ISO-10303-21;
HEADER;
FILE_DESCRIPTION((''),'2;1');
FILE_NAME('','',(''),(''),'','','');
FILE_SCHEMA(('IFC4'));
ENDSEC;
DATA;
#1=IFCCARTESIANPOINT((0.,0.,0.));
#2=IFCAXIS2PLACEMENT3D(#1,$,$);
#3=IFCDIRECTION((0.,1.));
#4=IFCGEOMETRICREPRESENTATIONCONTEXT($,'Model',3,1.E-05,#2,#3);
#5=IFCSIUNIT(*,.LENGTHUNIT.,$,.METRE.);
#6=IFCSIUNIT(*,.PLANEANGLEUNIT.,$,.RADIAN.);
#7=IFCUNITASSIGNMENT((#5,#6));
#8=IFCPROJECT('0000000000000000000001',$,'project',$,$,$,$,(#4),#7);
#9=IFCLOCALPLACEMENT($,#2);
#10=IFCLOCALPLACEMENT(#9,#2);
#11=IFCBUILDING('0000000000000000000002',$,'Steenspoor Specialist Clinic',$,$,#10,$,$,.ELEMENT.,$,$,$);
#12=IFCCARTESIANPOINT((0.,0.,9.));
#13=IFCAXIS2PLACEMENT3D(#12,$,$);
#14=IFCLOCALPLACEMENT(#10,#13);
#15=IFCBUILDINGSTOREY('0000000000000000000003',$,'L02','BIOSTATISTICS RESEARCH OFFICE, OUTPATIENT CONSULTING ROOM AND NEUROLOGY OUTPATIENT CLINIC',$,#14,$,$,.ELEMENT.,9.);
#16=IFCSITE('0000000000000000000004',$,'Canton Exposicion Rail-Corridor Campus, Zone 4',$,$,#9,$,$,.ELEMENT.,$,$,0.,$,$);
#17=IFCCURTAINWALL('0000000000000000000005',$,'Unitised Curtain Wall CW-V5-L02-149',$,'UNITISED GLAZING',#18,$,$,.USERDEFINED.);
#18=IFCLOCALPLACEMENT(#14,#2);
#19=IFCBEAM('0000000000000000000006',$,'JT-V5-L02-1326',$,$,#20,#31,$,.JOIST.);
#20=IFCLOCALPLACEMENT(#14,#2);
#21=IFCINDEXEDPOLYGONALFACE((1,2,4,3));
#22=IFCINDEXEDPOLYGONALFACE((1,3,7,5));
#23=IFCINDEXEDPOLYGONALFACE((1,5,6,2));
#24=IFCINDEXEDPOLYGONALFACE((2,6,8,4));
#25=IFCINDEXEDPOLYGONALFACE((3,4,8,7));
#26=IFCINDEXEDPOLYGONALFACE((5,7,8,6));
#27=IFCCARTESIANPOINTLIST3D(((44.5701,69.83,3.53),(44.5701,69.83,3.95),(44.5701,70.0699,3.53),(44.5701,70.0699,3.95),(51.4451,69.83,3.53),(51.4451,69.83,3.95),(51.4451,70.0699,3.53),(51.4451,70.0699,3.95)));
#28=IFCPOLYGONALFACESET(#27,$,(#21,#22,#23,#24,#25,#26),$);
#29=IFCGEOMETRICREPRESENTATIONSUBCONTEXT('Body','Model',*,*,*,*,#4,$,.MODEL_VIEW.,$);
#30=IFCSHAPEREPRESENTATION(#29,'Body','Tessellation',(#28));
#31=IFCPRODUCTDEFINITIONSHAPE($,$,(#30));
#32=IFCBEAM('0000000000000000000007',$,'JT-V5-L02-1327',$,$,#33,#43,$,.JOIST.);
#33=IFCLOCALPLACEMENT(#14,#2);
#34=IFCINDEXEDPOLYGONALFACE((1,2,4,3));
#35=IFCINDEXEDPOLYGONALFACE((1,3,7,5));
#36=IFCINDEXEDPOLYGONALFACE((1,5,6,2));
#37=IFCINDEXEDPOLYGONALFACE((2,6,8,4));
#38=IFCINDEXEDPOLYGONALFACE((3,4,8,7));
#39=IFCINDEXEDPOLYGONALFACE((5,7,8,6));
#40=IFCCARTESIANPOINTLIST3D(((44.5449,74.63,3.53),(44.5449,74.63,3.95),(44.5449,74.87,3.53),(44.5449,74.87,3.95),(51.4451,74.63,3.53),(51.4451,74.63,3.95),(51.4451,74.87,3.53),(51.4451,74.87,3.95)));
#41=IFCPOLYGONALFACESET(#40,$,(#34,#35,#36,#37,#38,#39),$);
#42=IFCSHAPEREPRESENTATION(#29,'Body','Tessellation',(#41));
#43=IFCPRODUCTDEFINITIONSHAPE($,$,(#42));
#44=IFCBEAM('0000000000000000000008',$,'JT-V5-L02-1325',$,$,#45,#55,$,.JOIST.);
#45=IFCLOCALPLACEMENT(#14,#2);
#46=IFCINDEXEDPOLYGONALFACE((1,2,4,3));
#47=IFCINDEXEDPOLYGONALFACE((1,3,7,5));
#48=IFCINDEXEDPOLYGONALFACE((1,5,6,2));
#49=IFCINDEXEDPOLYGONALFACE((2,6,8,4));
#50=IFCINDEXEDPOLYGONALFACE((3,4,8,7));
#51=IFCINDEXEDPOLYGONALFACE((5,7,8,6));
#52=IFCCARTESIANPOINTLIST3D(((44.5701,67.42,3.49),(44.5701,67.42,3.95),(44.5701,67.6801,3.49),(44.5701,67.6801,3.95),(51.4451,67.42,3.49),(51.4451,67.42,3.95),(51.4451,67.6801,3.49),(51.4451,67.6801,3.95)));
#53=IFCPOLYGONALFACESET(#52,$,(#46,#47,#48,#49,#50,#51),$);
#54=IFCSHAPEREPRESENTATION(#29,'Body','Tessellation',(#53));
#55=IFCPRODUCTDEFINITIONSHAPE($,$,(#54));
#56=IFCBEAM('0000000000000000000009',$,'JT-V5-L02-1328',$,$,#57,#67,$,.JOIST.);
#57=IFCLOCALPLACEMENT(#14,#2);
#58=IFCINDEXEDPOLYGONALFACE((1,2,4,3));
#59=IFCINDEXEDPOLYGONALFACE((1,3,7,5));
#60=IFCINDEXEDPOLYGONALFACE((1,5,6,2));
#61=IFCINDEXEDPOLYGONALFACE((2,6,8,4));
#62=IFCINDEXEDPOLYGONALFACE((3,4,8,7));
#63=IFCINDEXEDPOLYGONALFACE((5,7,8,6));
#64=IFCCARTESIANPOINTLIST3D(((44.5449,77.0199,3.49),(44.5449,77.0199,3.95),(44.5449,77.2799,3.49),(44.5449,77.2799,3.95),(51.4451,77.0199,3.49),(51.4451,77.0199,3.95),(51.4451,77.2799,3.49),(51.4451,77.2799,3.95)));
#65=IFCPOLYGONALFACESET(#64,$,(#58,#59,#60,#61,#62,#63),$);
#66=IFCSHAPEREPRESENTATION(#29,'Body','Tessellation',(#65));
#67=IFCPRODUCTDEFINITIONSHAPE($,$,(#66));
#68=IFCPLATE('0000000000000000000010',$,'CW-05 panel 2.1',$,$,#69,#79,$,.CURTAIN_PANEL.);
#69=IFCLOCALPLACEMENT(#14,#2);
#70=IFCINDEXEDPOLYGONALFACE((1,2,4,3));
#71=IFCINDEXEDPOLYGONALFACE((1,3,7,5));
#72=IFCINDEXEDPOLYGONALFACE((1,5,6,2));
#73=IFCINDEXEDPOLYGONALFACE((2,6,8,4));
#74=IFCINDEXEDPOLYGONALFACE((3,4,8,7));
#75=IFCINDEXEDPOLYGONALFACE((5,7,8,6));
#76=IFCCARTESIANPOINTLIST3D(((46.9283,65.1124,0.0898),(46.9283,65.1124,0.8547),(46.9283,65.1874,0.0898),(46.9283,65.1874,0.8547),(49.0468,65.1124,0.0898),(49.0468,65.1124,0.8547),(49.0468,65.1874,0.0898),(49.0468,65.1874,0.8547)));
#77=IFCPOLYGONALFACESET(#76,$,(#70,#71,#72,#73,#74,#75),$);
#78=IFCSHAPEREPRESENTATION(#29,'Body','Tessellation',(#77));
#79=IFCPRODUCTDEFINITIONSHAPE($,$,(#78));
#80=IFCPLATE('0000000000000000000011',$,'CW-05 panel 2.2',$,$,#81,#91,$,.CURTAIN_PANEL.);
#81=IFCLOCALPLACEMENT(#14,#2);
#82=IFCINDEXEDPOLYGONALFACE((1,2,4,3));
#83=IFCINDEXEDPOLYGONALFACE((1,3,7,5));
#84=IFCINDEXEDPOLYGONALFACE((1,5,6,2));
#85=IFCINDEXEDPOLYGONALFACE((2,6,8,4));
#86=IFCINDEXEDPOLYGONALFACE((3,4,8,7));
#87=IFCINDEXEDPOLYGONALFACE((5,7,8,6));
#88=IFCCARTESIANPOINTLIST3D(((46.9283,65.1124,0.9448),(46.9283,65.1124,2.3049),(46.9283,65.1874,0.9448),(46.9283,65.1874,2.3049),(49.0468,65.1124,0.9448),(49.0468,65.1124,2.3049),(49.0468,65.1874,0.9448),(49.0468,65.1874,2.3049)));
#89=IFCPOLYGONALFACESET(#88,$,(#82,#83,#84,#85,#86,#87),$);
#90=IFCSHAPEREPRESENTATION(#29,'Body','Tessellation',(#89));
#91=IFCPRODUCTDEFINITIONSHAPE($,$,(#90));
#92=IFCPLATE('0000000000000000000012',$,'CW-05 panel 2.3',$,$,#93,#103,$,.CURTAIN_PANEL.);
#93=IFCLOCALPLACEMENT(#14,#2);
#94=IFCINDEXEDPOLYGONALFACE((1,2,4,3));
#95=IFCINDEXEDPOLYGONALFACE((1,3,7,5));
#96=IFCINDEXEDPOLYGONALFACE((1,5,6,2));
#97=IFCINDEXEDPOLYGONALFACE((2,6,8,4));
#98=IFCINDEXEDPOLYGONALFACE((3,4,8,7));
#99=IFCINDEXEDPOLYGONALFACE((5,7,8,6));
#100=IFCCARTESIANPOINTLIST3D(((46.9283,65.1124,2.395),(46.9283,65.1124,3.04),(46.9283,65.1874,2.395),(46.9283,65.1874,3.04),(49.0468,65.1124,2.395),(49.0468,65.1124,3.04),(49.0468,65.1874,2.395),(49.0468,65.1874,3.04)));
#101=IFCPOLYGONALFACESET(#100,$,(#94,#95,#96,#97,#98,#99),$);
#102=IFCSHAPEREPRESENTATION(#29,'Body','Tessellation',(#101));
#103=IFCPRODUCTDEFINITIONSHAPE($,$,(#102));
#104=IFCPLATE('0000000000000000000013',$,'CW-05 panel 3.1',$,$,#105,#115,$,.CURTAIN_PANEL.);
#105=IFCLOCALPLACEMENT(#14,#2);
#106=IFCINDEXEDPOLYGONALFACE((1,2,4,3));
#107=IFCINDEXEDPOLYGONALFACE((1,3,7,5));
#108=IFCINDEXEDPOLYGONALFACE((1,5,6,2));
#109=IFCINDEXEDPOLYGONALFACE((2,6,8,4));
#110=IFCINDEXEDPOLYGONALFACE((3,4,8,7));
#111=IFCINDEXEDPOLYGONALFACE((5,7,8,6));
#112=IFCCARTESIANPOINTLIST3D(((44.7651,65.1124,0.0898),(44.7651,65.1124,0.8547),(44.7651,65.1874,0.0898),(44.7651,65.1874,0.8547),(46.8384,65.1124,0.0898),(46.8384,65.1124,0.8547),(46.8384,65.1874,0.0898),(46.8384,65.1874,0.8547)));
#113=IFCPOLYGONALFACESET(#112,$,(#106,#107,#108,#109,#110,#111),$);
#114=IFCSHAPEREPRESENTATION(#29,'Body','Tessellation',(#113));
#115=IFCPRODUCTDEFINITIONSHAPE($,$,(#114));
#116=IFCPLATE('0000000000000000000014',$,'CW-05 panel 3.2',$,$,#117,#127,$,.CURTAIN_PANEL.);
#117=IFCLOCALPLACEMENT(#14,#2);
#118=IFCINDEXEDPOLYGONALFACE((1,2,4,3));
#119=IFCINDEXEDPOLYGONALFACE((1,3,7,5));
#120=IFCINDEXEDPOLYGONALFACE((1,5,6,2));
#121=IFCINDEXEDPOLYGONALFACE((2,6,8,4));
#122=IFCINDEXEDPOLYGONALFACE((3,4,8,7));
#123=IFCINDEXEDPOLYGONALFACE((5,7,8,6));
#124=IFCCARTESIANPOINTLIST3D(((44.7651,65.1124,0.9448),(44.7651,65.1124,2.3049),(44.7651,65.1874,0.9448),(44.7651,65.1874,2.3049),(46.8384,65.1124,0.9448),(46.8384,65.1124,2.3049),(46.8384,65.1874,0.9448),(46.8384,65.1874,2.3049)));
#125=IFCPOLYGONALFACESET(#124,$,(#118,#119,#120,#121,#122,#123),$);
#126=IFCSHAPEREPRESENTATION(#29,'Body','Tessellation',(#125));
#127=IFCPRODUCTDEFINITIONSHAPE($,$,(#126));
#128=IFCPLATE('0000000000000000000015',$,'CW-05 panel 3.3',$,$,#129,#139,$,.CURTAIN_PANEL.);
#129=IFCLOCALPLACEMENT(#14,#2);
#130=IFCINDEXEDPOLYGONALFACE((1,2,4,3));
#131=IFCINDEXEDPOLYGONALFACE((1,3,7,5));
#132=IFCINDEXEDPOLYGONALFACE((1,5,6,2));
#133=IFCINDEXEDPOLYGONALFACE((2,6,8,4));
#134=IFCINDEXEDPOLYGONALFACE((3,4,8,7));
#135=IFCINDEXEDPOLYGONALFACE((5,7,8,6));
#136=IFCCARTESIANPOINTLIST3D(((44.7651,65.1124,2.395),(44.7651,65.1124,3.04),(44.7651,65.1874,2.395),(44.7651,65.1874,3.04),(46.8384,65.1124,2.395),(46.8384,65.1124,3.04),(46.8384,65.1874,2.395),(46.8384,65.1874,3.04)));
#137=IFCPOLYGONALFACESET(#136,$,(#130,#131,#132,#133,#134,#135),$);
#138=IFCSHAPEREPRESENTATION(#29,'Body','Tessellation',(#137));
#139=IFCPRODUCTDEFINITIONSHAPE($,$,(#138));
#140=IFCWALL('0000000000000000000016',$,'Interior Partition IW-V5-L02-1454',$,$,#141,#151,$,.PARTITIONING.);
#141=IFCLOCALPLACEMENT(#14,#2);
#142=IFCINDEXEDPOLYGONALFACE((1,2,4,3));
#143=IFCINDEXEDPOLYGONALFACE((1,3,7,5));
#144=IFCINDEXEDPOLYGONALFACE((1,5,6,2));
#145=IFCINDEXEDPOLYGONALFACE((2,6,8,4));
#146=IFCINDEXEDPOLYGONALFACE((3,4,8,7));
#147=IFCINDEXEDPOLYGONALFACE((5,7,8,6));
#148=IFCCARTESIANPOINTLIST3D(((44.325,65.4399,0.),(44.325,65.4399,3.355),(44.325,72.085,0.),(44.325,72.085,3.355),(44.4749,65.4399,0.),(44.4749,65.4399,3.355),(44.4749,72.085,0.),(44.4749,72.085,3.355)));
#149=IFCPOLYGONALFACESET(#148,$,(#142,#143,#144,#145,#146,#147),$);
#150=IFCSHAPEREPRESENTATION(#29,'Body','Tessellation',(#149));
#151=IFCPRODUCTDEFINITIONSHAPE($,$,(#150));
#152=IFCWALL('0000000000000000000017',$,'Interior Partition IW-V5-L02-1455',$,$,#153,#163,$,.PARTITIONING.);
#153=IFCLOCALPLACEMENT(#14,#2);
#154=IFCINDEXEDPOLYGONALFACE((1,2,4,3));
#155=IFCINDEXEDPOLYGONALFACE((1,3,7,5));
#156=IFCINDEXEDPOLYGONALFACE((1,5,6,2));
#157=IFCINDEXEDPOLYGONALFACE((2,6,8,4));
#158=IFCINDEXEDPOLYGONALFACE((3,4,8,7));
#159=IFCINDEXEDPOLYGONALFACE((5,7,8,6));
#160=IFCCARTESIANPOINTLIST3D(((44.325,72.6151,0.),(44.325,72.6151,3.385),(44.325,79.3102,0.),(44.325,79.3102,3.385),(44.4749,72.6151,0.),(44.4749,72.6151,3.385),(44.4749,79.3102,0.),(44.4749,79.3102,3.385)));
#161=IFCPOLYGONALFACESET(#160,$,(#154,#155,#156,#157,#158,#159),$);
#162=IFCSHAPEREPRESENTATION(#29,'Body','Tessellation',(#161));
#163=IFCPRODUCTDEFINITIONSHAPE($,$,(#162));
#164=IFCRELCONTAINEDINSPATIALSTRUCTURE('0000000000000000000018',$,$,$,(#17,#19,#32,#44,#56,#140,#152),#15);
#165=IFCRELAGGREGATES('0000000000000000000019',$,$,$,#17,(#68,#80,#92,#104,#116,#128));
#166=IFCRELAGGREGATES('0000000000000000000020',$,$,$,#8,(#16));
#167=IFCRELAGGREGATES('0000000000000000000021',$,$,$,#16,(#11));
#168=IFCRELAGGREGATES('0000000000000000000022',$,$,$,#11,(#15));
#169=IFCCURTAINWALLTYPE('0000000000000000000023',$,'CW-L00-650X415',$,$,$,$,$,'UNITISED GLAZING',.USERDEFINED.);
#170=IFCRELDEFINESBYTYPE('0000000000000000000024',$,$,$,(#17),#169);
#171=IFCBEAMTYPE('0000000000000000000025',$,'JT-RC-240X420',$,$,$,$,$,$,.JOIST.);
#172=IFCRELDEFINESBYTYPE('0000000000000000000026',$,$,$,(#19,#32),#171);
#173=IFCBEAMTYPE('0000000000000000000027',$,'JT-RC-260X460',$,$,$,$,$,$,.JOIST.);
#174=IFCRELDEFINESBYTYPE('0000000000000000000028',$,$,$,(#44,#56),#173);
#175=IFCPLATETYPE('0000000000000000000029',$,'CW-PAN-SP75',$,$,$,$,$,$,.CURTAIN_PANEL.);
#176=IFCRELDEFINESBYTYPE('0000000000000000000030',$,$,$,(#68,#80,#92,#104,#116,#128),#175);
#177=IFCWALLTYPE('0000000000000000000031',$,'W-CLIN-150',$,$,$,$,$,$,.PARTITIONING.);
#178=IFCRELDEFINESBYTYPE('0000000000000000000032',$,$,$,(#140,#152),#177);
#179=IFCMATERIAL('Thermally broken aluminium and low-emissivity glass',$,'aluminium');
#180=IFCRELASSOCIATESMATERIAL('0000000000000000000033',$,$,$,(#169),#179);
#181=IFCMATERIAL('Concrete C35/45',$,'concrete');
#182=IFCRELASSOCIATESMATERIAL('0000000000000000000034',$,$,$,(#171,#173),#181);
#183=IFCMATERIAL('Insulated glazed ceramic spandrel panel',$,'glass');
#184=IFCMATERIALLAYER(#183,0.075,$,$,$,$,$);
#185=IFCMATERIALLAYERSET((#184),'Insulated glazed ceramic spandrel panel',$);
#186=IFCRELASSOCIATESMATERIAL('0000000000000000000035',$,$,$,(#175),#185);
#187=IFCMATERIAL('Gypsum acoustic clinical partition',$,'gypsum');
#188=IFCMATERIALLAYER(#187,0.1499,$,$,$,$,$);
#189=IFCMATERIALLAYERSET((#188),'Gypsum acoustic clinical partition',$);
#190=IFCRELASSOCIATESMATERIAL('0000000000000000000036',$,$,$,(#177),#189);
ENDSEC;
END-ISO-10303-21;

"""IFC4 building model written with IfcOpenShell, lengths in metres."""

from ifc_helpers import new_model, si_unit, direction, frame, frame_2d, origin, origin_2d, place, context, subcontext, project, spatial, rectangle, extrude, material, layer, layer_set, material_profile, profile_set, type_object, element, aggregate, save


model = new_model("IFC4")

# Units and contexts
model_context = context("Model", 3, precision=1e-05, world=origin(), true_north=direction((0.0, 1.0)))
body_context = subcontext(model_context, "Body", "Model", "MODEL_VIEW")
ifc_project = project(units=[si_unit("LENGTHUNIT", "METRE"), si_unit("PLANEANGLEUNIT", "RADIAN")], contexts=[model_context])

# Site, building, storey
site_placement = place(None, origin())
site = spatial("IfcSite", under=ifc_project, at=site_placement, Name="Canton Exposicion Rail-Corridor Campus, Zone 4", CompositionType="ELEMENT", RefElevation=0.0)
building_placement = place(site_placement, origin())
building = spatial("IfcBuilding", under=site, at=building_placement, Name="Steenspoor Specialist Clinic", CompositionType="ELEMENT")
storey_placement = place(building_placement, frame((0.0, 0.0, 9.0)))
storey = spatial("IfcBuildingStorey", under=building, at=storey_placement, Name="L02", Description="BIOSTATISTICS RESEARCH OFFICE, OUTPATIENT CONSULTING ROOM AND NEUROLOGY OUTPATIENT CLINIC", CompositionType="ELEMENT", Elevation=9.0)

# Shared definitions
ifc_material_1 = material(Name="Concrete C35/45", Category="concrete")

# Curtain wall
ifc_material_2 = material(Name="Thermally broken aluminium and low-emissivity glass", Category="aluminium")
curtain_wall_type = type_object("IfcCurtainWallType", Name="CW-L00-650X415", ElementType="UNITISED GLAZING", PredefinedType="USERDEFINED", material=ifc_material_2)
curtain_wall_placement = place(storey_placement, origin())
curtain_wall = element("IfcCurtainWall", 1, at=curtain_wall_placement, inside=storey, type_object=curtain_wall_type, Name="Unitised Curtain Wall CW-V5-L02-149", ObjectType="UNITISED GLAZING", PredefinedType="USERDEFINED")

# Beams
ifc_material_profile_1 = material_profile(ifc_material_1, rectangle(XDim=0.24, YDim=0.4199, at=origin_2d()), Name="RC-JT-240X420")
ifc_profile_set_1 = profile_set([ifc_material_profile_1], Name="Concrete C35/45")
beam_type_1 = type_object("IfcBeamType", Name="JT-RC-240X420", PredefinedType="JOIST", material=ifc_profile_set_1)
beam_1_placement = place(storey_placement, frame((44.5701, 69.95, 3.74), z_axis=(1.0, 0.0, 0.0), x_axis=(0.0, 1.0, 0.0)))
element("IfcBeam", 2, at=beam_1_placement, inside=storey, type_object=beam_type_1, Name="JT-V5-L02-1326", PredefinedType="JOIST", context=body_context, shape_type="SweptSolid", body=[
    extrude(rectangle(XDim=0.24, YDim=0.4199, at=origin_2d()), origin(), (0.0, 0.0, 1.0), 6.875),
])
beam_2_placement = place(storey_placement, frame((44.5449, 74.75, 3.74), z_axis=(1.0, 0.0, 0.0), x_axis=(0.0, 1.0, 0.0)))
element("IfcBeam", 3, at=beam_2_placement, inside=storey, type_object=beam_type_1, Name="JT-V5-L02-1327", PredefinedType="JOIST", context=body_context, shape_type="SweptSolid", body=[
    extrude(rectangle(XDim=0.24, YDim=0.4199, at=origin_2d()), origin(), (0.0, 0.0, 1.0), 6.9001),
])
ifc_material_profile_2 = material_profile(ifc_material_1, rectangle(XDim=0.26, YDim=0.46, at=origin_2d()), Name="RC-JT-260X460")
ifc_profile_set_2 = profile_set([ifc_material_profile_2], Name="Concrete C35/45")
beam_type_2 = type_object("IfcBeamType", Name="JT-RC-260X460", PredefinedType="JOIST", material=ifc_profile_set_2)
beam_3_placement = place(storey_placement, frame((44.5701, 67.55, 3.72), z_axis=(1.0, 0.0, 0.0), x_axis=(0.0, 1.0, 0.0)))
element("IfcBeam", 4, at=beam_3_placement, inside=storey, type_object=beam_type_2, Name="JT-V5-L02-1325", PredefinedType="JOIST", context=body_context, shape_type="SweptSolid", body=[
    extrude(rectangle(XDim=0.26, YDim=0.46, at=origin_2d()), origin(), (0.0, 0.0, 1.0), 6.875),
])
beam_4_placement = place(storey_placement, frame((44.5449, 77.1499, 3.72), z_axis=(1.0, 0.0, 0.0), x_axis=(0.0, 1.0, 0.0)))
element("IfcBeam", 5, at=beam_4_placement, inside=storey, type_object=beam_type_2, Name="JT-V5-L02-1328", PredefinedType="JOIST", context=body_context, shape_type="SweptSolid", body=[
    extrude(rectangle(XDim=0.26, YDim=0.46, at=origin_2d()), origin(), (0.0, 0.0, 1.0), 6.9001),
])

# Plates
ifc_material_3 = material(Name="Insulated glazed ceramic spandrel panel", Category="glass")
ifc_layer_1 = layer(ifc_material_3, 0.075)
ifc_layer_set_1 = layer_set([ifc_layer_1], Name="Insulated glazed ceramic spandrel panel")
plate_type = type_object("IfcPlateType", Name="CW-PAN-SP75", PredefinedType="CURTAIN_PANEL", material=ifc_layer_set_1)
plate_1_placement = place(storey_placement, frame((47.9875, 65.1499, 0.0898), z_axis=(0.0, 0.0, 1.0), x_axis=(-1.0, 0.0, 0.0)))
plate_1 = element("IfcPlate", 6, at=plate_1_placement, type_object=plate_type, Name="CW-05 panel 2.1", PredefinedType="CURTAIN_PANEL", context=body_context, shape_type="SweptSolid", body=[
    extrude(rectangle(XDim=2.1184, YDim=0.075, at=origin_2d()), origin(), (0.0, 0.0, 1.0), 0.7649),
])
plate_2_placement = place(storey_placement, frame((47.9875, 65.1499, 0.9448), z_axis=(0.0, 0.0, 1.0), x_axis=(-1.0, 0.0, 0.0)))
plate_2 = element("IfcPlate", 7, at=plate_2_placement, type_object=plate_type, Name="CW-05 panel 2.2", PredefinedType="CURTAIN_PANEL", context=body_context, shape_type="SweptSolid", body=[
    extrude(rectangle(XDim=2.1184, YDim=0.075, at=origin_2d()), origin(), (0.0, 0.0, 1.0), 1.3601),
])
plate_3_placement = place(storey_placement, frame((47.9875, 65.1499, 2.395), z_axis=(0.0, 0.0, 1.0), x_axis=(-1.0, 0.0, 0.0)))
plate_3 = element("IfcPlate", 8, at=plate_3_placement, type_object=plate_type, Name="CW-05 panel 2.3", PredefinedType="CURTAIN_PANEL", context=body_context, shape_type="SweptSolid", body=[
    extrude(rectangle(XDim=2.1184, YDim=0.075, at=origin_2d()), origin(), (0.0, 0.0, 1.0), 0.645),
])
plate_4_placement = place(storey_placement, frame((45.8018, 65.1499, 0.0898), z_axis=(0.0, 0.0, 1.0), x_axis=(-1.0, 0.0, 0.0)))
plate_4 = element("IfcPlate", 9, at=plate_4_placement, type_object=plate_type, Name="CW-05 panel 3.1", PredefinedType="CURTAIN_PANEL", context=body_context, shape_type="SweptSolid", body=[
    extrude(rectangle(XDim=2.0732, YDim=0.075, at=origin_2d()), origin(), (0.0, 0.0, 1.0), 0.7649),
])
plate_5_placement = place(storey_placement, frame((45.8018, 65.1499, 0.9448), z_axis=(0.0, 0.0, 1.0), x_axis=(-1.0, 0.0, 0.0)))
plate_5 = element("IfcPlate", 10, at=plate_5_placement, type_object=plate_type, Name="CW-05 panel 3.2", PredefinedType="CURTAIN_PANEL", context=body_context, shape_type="SweptSolid", body=[
    extrude(rectangle(XDim=2.0732, YDim=0.075, at=origin_2d()), origin(), (0.0, 0.0, 1.0), 1.3601),
])
plate_6_placement = place(storey_placement, frame((45.8018, 65.1499, 2.395), z_axis=(0.0, 0.0, 1.0), x_axis=(-1.0, 0.0, 0.0)))
plate_6 = element("IfcPlate", 11, at=plate_6_placement, type_object=plate_type, Name="CW-05 panel 3.3", PredefinedType="CURTAIN_PANEL", context=body_context, shape_type="SweptSolid", body=[
    extrude(rectangle(XDim=2.0732, YDim=0.075, at=origin_2d()), origin(), (0.0, 0.0, 1.0), 0.645),
])
aggregate(curtain_wall, [plate_1, plate_2, plate_3, plate_4, plate_5, plate_6])

# Walls
ifc_material_4 = material(Name="Gypsum acoustic clinical partition", Category="gypsum")
ifc_layer_2 = layer(ifc_material_4, 0.1499)
ifc_layer_set_2 = layer_set([ifc_layer_2], Name="Gypsum acoustic clinical partition")
wall_type = type_object("IfcWallType", Name="W-CLIN-150", PredefinedType="PARTITIONING", material=ifc_layer_set_2)
wall_1_placement = place(storey_placement, frame((44.3999, 65.4399, 0.0), z_axis=(0.0, 0.0, 1.0), x_axis=(0.0, 1.0, 0.0)))
element("IfcWall", 12, at=wall_1_placement, inside=storey, type_object=wall_type, Name="Interior Partition IW-V5-L02-1454", PredefinedType="PARTITIONING", context=body_context, shape_type="SweptSolid", body=[
    extrude(rectangle(XDim=6.645, YDim=0.1499, at=frame_2d((3.3225, 0.0))), origin(), (0.0, 0.0, 1.0), 3.355),
])
wall_2_placement = place(storey_placement, frame((44.3999, 72.615, 0.0), z_axis=(0.0, 0.0, 1.0), x_axis=(0.0, 1.0, 0.0)))
element("IfcWall", 13, at=wall_2_placement, inside=storey, type_object=wall_type, Name="Interior Partition IW-V5-L02-1455", PredefinedType="PARTITIONING", context=body_context, shape_type="SweptSolid", body=[
    extrude(rectangle(XDim=6.6951, YDim=0.1499, at=frame_2d((3.3477, 0.0))), origin(), (0.0, 0.0, 1.0), 3.385),
])

save(model, "model.ifc")
